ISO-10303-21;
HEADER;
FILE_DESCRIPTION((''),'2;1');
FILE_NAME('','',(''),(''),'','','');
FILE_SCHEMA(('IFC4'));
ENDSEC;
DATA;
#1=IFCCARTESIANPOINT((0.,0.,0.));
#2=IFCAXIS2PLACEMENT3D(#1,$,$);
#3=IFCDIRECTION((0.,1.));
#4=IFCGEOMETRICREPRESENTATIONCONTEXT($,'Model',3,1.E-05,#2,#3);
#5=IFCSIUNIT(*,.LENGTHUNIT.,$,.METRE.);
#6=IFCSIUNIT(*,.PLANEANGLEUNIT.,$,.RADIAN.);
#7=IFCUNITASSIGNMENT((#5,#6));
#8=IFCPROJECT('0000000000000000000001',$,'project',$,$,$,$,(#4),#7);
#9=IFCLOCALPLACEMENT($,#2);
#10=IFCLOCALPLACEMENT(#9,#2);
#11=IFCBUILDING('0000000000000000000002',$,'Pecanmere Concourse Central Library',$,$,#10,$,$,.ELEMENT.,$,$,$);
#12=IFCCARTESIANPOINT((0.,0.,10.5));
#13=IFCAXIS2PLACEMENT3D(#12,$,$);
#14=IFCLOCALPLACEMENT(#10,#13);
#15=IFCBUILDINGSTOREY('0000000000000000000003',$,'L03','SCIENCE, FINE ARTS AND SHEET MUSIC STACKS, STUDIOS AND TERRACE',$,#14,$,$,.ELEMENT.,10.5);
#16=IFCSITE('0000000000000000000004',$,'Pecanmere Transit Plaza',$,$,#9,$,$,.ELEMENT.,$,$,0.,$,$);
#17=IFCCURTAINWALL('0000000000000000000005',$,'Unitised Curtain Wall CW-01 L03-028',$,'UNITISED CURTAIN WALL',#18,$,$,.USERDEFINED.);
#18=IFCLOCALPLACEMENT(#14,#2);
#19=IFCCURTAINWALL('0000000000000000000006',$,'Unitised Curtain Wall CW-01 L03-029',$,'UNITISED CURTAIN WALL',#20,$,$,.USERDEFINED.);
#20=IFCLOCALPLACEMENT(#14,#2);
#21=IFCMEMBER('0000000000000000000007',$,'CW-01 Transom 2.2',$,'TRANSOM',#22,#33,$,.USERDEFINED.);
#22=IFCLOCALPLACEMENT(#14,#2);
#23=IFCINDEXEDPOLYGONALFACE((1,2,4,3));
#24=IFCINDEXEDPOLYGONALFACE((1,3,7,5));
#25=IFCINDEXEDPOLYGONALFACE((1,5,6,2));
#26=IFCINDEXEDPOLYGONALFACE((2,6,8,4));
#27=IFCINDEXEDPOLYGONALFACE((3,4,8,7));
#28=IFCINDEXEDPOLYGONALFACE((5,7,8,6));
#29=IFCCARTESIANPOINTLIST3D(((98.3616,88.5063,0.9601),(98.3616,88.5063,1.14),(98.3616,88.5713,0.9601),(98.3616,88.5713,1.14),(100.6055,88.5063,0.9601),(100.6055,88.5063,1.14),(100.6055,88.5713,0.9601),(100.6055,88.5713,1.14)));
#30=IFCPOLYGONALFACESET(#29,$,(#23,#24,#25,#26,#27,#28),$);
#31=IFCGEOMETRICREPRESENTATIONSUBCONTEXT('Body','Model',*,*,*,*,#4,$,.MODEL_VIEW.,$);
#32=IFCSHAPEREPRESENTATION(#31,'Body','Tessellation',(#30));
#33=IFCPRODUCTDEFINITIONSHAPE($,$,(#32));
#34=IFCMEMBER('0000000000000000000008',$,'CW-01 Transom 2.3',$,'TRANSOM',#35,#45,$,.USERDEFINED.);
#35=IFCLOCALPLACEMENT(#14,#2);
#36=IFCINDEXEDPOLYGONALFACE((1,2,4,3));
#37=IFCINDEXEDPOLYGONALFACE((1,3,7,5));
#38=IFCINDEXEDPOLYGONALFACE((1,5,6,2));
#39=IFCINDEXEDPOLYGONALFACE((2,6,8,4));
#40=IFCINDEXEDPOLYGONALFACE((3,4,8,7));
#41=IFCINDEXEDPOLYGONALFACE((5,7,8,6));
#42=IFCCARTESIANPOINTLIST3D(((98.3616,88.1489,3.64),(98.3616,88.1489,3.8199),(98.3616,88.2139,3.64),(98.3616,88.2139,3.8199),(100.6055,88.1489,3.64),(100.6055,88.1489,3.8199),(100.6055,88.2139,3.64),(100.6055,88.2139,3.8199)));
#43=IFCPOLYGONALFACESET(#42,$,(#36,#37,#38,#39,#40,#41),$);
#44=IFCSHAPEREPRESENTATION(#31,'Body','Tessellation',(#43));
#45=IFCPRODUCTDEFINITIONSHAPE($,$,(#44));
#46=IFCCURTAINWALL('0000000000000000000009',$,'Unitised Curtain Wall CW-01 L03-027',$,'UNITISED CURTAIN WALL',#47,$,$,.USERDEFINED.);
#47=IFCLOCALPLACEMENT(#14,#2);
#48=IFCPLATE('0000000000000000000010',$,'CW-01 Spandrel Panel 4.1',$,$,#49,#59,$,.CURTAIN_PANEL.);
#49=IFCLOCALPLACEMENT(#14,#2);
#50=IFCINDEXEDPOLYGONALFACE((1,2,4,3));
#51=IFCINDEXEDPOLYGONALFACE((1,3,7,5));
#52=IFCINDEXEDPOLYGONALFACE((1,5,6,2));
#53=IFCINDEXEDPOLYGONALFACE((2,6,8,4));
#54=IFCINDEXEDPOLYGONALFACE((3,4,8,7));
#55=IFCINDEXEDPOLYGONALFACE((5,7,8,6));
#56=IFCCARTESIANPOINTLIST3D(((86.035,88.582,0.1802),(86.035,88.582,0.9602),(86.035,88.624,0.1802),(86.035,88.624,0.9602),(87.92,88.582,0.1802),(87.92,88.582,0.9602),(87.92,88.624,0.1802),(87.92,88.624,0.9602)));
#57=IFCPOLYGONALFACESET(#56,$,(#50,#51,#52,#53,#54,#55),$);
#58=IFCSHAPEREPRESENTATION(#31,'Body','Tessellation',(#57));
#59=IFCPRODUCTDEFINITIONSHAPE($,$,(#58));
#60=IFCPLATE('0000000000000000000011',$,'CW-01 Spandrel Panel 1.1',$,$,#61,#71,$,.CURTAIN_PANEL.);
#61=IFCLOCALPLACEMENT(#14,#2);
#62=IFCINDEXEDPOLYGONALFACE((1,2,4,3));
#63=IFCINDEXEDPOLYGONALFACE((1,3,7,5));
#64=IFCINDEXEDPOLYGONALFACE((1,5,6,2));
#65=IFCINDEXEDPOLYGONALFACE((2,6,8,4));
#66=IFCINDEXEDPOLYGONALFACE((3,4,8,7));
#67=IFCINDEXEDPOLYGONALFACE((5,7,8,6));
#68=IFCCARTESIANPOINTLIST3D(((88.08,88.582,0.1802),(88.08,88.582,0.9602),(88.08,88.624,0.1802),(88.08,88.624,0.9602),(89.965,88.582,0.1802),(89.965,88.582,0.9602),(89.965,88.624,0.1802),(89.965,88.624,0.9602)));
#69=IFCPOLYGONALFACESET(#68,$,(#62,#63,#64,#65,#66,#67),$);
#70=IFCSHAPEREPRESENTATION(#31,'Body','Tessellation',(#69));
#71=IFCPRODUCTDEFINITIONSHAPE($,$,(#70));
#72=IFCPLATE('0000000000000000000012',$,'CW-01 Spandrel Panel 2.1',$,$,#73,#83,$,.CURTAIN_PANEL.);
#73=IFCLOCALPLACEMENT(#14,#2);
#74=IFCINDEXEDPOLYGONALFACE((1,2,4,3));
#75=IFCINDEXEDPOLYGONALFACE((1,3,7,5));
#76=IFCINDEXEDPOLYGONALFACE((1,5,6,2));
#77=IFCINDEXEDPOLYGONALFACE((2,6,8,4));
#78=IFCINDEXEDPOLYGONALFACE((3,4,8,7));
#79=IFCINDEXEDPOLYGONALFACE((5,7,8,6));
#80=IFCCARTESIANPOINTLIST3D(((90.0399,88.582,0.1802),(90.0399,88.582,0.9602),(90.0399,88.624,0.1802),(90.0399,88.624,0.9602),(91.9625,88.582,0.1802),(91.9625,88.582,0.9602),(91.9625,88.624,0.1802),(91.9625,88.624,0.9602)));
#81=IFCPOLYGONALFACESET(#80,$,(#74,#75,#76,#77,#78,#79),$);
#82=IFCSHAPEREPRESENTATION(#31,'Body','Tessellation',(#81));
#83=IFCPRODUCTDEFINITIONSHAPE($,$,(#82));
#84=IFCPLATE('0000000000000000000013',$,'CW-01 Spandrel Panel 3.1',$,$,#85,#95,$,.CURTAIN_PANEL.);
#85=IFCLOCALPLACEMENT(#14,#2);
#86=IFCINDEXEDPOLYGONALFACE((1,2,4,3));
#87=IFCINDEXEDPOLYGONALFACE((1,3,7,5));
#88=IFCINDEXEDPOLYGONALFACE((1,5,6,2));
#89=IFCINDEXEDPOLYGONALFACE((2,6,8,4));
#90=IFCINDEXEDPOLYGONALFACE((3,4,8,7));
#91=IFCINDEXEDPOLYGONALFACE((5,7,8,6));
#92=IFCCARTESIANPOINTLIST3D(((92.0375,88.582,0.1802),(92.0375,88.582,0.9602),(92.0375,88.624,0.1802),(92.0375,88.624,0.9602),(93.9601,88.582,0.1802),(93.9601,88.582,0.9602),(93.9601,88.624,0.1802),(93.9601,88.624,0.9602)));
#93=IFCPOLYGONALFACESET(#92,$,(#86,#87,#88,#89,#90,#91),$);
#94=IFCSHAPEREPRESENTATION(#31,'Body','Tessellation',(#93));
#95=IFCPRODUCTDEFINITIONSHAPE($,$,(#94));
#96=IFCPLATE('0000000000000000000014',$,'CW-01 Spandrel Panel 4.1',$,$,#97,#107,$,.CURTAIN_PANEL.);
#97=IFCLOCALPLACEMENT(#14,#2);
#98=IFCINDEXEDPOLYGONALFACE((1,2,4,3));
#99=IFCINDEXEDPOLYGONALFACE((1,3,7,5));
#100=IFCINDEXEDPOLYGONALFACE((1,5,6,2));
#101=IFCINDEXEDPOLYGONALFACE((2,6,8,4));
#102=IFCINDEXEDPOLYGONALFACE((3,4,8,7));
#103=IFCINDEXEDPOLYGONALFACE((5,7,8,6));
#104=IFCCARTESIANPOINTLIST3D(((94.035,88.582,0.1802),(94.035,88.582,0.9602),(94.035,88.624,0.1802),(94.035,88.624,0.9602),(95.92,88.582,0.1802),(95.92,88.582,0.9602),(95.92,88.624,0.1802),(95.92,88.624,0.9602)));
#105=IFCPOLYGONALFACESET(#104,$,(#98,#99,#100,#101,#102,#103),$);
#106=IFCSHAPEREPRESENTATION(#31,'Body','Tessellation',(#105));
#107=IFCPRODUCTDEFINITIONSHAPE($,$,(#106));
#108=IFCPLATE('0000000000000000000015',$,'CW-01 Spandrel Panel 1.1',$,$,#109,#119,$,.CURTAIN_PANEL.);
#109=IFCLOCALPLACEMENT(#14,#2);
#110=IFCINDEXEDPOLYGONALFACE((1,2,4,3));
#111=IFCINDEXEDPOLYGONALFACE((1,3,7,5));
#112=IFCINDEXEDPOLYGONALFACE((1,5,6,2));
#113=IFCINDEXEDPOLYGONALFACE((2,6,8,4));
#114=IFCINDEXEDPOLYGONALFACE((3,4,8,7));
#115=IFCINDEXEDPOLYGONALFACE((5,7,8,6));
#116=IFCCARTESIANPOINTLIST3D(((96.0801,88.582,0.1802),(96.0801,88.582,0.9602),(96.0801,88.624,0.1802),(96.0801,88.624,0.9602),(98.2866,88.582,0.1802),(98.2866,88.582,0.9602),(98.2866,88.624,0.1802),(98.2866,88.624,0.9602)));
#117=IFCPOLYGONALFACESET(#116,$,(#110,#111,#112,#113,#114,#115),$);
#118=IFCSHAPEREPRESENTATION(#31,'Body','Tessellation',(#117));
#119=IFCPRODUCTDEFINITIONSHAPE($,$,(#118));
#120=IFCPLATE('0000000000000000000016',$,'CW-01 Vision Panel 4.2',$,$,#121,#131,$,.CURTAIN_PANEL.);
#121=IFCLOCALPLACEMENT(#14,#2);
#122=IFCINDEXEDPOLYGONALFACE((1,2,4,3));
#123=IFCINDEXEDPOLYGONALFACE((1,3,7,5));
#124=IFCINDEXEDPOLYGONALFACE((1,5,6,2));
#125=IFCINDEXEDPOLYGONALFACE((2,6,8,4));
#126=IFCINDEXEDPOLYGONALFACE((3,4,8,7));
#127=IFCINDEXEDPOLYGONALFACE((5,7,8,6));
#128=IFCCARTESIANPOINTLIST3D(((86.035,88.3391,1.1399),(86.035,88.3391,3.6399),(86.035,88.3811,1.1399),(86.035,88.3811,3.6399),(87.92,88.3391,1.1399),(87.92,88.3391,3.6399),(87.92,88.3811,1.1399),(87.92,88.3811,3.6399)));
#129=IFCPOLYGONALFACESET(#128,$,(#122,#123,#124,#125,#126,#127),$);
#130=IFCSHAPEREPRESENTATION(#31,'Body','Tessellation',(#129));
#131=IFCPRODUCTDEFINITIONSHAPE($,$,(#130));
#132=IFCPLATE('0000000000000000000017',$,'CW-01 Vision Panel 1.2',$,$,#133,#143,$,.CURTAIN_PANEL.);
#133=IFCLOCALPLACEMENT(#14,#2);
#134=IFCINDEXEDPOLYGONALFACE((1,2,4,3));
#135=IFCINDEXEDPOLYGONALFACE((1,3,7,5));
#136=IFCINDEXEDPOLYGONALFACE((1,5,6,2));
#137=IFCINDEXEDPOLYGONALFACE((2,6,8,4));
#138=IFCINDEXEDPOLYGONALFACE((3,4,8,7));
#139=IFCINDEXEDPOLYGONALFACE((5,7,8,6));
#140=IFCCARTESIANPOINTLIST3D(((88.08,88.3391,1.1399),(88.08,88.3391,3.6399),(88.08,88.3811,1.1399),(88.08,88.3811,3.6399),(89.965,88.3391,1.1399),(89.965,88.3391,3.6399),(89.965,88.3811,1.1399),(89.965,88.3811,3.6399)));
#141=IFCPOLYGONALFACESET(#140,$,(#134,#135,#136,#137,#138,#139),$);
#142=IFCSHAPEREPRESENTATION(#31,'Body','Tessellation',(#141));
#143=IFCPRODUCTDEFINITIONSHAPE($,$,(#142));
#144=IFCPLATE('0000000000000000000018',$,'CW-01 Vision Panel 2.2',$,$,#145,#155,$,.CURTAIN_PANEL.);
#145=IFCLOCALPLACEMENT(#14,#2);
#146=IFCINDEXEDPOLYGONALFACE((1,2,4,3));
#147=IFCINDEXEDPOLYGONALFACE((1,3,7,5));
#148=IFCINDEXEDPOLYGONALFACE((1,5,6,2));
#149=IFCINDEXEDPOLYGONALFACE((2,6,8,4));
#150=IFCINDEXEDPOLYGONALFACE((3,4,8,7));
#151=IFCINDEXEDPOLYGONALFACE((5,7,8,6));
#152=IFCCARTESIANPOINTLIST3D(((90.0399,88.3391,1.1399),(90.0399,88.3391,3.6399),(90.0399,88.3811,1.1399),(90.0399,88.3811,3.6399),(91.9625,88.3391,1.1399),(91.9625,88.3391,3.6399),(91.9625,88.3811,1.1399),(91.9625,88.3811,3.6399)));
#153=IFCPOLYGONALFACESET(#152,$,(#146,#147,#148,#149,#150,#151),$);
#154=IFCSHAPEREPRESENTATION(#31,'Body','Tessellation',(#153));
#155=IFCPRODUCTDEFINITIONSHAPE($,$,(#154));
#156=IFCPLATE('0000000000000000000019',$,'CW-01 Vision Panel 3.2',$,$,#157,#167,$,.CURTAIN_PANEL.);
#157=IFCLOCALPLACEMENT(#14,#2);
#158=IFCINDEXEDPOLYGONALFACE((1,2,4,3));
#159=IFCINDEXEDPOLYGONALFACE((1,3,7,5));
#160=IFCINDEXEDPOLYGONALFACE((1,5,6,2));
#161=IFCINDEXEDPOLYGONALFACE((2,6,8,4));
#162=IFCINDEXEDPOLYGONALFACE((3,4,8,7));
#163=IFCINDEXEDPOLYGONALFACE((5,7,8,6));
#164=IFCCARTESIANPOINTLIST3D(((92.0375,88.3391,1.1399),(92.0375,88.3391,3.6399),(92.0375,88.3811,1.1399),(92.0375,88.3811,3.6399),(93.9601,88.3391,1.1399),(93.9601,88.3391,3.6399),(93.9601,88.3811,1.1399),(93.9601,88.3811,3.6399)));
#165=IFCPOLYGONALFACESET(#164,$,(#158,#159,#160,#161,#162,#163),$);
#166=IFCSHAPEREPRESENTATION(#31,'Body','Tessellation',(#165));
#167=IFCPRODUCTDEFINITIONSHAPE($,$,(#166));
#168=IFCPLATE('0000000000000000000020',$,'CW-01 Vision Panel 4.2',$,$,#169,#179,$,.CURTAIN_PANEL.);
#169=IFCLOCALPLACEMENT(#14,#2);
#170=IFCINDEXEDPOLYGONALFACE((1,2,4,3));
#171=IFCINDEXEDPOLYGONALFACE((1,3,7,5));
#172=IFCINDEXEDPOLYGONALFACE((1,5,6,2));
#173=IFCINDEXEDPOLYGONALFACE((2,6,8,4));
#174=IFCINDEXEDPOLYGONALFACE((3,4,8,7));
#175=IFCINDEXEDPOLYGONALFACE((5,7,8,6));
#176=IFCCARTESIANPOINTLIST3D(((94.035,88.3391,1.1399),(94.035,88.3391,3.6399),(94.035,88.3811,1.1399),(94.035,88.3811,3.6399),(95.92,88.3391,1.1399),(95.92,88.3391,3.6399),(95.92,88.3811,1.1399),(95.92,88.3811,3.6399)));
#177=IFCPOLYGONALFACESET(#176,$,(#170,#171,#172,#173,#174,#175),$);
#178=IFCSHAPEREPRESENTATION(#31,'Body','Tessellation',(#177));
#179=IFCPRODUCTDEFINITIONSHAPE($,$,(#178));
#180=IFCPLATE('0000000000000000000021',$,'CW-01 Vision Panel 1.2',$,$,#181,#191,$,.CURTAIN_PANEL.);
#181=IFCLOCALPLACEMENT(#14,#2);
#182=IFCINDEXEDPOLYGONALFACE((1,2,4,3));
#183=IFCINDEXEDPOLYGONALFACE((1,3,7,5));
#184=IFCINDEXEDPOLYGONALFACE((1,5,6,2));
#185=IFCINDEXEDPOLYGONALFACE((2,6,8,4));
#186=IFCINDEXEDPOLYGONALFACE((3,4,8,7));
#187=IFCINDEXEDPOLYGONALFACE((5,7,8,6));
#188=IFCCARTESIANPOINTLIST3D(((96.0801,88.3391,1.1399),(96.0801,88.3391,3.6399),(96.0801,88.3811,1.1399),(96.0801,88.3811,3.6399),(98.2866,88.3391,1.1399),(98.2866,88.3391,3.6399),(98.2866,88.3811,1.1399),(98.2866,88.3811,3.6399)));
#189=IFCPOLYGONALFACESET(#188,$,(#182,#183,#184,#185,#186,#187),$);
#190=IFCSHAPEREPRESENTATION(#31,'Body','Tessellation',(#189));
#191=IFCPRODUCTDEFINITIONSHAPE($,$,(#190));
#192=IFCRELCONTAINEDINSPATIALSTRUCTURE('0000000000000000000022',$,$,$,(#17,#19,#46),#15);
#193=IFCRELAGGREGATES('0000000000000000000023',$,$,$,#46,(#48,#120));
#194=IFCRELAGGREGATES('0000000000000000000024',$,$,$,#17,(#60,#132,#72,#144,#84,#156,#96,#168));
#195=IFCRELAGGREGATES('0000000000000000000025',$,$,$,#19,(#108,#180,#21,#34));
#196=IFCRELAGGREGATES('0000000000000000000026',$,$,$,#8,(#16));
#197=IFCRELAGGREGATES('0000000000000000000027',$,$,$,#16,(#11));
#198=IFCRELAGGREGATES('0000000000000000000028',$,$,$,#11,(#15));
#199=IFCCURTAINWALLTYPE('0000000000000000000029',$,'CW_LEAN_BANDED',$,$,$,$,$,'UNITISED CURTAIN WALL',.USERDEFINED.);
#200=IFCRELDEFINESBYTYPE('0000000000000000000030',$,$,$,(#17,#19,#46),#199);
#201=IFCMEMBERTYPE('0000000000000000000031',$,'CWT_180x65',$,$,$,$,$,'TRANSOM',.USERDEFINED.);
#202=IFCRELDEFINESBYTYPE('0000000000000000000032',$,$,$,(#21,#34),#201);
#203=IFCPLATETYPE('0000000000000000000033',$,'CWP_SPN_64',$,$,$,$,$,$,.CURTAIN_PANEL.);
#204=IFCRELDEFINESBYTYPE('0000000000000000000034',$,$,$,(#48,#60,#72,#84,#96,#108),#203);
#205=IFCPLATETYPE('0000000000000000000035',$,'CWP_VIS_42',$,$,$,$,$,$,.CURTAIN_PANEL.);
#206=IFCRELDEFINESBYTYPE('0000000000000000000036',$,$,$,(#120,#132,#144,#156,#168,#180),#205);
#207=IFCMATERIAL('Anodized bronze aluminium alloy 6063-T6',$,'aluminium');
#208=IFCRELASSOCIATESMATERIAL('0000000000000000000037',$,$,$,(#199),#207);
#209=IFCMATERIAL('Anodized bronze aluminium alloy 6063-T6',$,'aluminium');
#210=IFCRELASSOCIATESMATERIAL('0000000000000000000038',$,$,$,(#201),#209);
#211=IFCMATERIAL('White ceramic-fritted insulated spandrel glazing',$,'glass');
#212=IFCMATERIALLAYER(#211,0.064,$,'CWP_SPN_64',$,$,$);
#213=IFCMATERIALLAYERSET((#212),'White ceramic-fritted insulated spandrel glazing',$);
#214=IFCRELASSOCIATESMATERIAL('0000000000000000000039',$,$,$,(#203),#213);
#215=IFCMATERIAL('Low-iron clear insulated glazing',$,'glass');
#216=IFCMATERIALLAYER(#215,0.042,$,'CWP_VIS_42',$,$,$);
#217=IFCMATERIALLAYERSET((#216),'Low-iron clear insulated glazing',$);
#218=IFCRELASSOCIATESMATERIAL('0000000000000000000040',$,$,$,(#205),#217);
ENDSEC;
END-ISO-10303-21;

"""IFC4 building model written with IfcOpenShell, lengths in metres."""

from ifc_helpers import new_model, si_unit, direction, frame, origin, origin_2d, place, context, subcontext, project, spatial, rectangle, extrude, material, layer, layer_set, material_profile, profile_set, type_object, element, aggregate, save


model = new_model("IFC4")

# Units and contexts
model_context = context("Model", 3, precision=1e-05, world=origin(), true_north=direction((0.0, 1.0)))
body_context = subcontext(model_context, "Body", "Model", "MODEL_VIEW")
ifc_project = project(units=[si_unit("LENGTHUNIT", "METRE"), si_unit("PLANEANGLEUNIT", "RADIAN")], contexts=[model_context])

# Site, building, storey
site_placement = place(None, origin())
site = spatial("IfcSite", under=ifc_project, at=site_placement, Name="Pecanmere Transit Plaza", CompositionType="ELEMENT", RefElevation=0.0)
building_placement = place(site_placement, origin())
building = spatial("IfcBuilding", under=site, at=building_placement, Name="Pecanmere Concourse Central Library", CompositionType="ELEMENT")
storey_placement = place(building_placement, frame((0.0, 0.0, 10.5)))
storey = spatial("IfcBuildingStorey", under=building, at=storey_placement, Name="L03", Description="SCIENCE, FINE ARTS AND SHEET MUSIC STACKS, STUDIOS AND TERRACE", CompositionType="ELEMENT", Elevation=10.5)

# Curtain walls, members
ifc_material_1 = material(Name="Anodized bronze aluminium alloy 6063-T6", Category="aluminium")
curtain_wall_type = type_object("IfcCurtainWallType", Name="CW_LEAN_BANDED", ElementType="UNITISED CURTAIN WALL", PredefinedType="USERDEFINED", material=ifc_material_1)
curtain_wall_1_placement = place(storey_placement, origin())
curtain_wall_1 = element("IfcCurtainWall", 1, at=curtain_wall_1_placement, inside=storey, type_object=curtain_wall_type, Name="Unitised Curtain Wall CW-01 L03-028", ObjectType="UNITISED CURTAIN WALL", PredefinedType="USERDEFINED")
ifc_material_2 = material(Name="Anodized bronze aluminium alloy 6063-T6", Category="aluminium")
ifc_material_profile = material_profile(ifc_material_2, rectangle(XDim=0.0649, YDim=0.1799, at=origin_2d()), Name="AL 65x180")
ifc_profile_set = profile_set([ifc_material_profile], Name="Anodized bronze aluminium alloy 6063-T6")
member_type = type_object("IfcMemberType", Name="CWT_180x65", ElementType="TRANSOM", PredefinedType="USERDEFINED", material=ifc_profile_set)
curtain_wall_2_placement = place(storey_placement, origin())
curtain_wall_2 = element("IfcCurtainWall", 2, at=curtain_wall_2_placement, inside=storey, type_object=curtain_wall_type, Name="Unitised Curtain Wall CW-01 L03-029", ObjectType="UNITISED CURTAIN WALL", PredefinedType="USERDEFINED")
member_1_placement = place(storey_placement, frame((98.3616, 88.5388, 1.05), z_axis=(1.0, 0.0, 0.0), x_axis=(0.0, 1.0, 0.0)))
member_1 = element("IfcMember", 3, at=member_1_placement, type_object=member_type, Name="CW-01 Transom 2.2", ObjectType="TRANSOM", PredefinedType="USERDEFINED", context=body_context, shape_type="SweptSolid", body=[
    extrude(rectangle(XDim=0.0649, YDim=0.1799, at=origin_2d()), origin(), (0.0, 0.0, 1.0), 2.2439),
])
member_2_placement = place(storey_placement, frame((98.3616, 88.1814, 3.73), z_axis=(1.0, 0.0, 0.0), x_axis=(0.0, 1.0, 0.0)))
member_2 = element("IfcMember", 4, at=member_2_placement, type_object=member_type, Name="CW-01 Transom 2.3", ObjectType="TRANSOM", PredefinedType="USERDEFINED", context=body_context, shape_type="SweptSolid", body=[
    extrude(rectangle(XDim=0.0649, YDim=0.1799, at=origin_2d()), origin(), (0.0, 0.0, 1.0), 2.2439),
])

# Curtain wall, plate
curtain_wall_3_placement = place(storey_placement, origin())
curtain_wall_3 = element("IfcCurtainWall", 5, at=curtain_wall_3_placement, inside=storey, type_object=curtain_wall_type, Name="Unitised Curtain Wall CW-01 L03-027", ObjectType="UNITISED CURTAIN WALL", PredefinedType="USERDEFINED")
ifc_material_3 = material(Name="White ceramic-fritted insulated spandrel glazing", Category="glass")
ifc_layer_1 = layer(ifc_material_3, 0.064, Name="CWP_SPN_64")
ifc_layer_set_1 = layer_set([ifc_layer_1], Name="White ceramic-fritted insulated spandrel glazing")
plate_type_1 = type_object("IfcPlateType", Name="CWP_SPN_64", PredefinedType="CURTAIN_PANEL", material=ifc_layer_set_1)
plate_1_placement = place(storey_placement, frame((86.9775, 88.603, 0.1802), z_axis=(0.0, 0.0, 1.0), x_axis=(1.0, 0.0, 0.0)))
plate_1 = element("IfcPlate", 6, at=plate_1_placement, type_object=plate_type_1, Name="CW-01 Spandrel Panel 4.1", PredefinedType="CURTAIN_PANEL", context=body_context, shape_type="SweptSolid", body=[
    extrude(rectangle(XDim=1.885, YDim=0.042, at=origin_2d()), origin(), (0.0, 0.0, 1.0), 0.78),
])

# Plates
plate_2_placement = place(storey_placement, frame((89.0225, 88.603, 0.1802), z_axis=(0.0, 0.0, 1.0), x_axis=(1.0, 0.0, 0.0)))
plate_2 = element("IfcPlate", 7, at=plate_2_placement, type_object=plate_type_1, Name="CW-01 Spandrel Panel 1.1", PredefinedType="CURTAIN_PANEL", context=body_context, shape_type="SweptSolid", body=[
    extrude(rectangle(XDim=1.885, YDim=0.042, at=origin_2d()), origin(), (0.0, 0.0, 1.0), 0.78),
])
plate_3_placement = place(storey_placement, frame((91.0012, 88.603, 0.1802), z_axis=(0.0, 0.0, 1.0), x_axis=(1.0, 0.0, 0.0)))
plate_3 = element("IfcPlate", 8, at=plate_3_placement, type_object=plate_type_1, Name="CW-01 Spandrel Panel 2.1", PredefinedType="CURTAIN_PANEL", context=body_context, shape_type="SweptSolid", body=[
    extrude(rectangle(XDim=1.9226, YDim=0.042, at=origin_2d()), origin(), (0.0, 0.0, 1.0), 0.78),
])
plate_4_placement = place(storey_placement, frame((92.9988, 88.603, 0.1802), z_axis=(0.0, 0.0, 1.0), x_axis=(1.0, 0.0, 0.0)))
plate_4 = element("IfcPlate", 9, at=plate_4_placement, type_object=plate_type_1, Name="CW-01 Spandrel Panel 3.1", PredefinedType="CURTAIN_PANEL", context=body_context, shape_type="SweptSolid", body=[
    extrude(rectangle(XDim=1.9226, YDim=0.042, at=origin_2d()), origin(), (0.0, 0.0, 1.0), 0.78),
])
plate_5_placement = place(storey_placement, frame((94.9775, 88.603, 0.1802), z_axis=(0.0, 0.0, 1.0), x_axis=(1.0, 0.0, 0.0)))
plate_5 = element("IfcPlate", 10, at=plate_5_placement, type_object=plate_type_1, Name="CW-01 Spandrel Panel 4.1", PredefinedType="CURTAIN_PANEL", context=body_context, shape_type="SweptSolid", body=[
    extrude(rectangle(XDim=1.885, YDim=0.042, at=origin_2d()), origin(), (0.0, 0.0, 1.0), 0.78),
])
plate_6_placement = place(storey_placement, frame((97.1833, 88.603, 0.1802), z_axis=(0.0, 0.0, 1.0), x_axis=(1.0, 0.0, 0.0)))
plate_6 = element("IfcPlate", 11, at=plate_6_placement, type_object=plate_type_1, Name="CW-01 Spandrel Panel 1.1", PredefinedType="CURTAIN_PANEL", context=body_context, shape_type="SweptSolid", body=[
    extrude(rectangle(XDim=2.2065, YDim=0.042, at=origin_2d()), origin(), (0.0, 0.0, 1.0), 0.78),
])
ifc_material_4 = material(Name="Low-iron clear insulated glazing", Category="glass")
ifc_layer_2 = layer(ifc_material_4, 0.042, Name="CWP_VIS_42")
ifc_layer_set_2 = layer_set([ifc_layer_2], Name="Low-iron clear insulated glazing")
plate_type_2 = type_object("IfcPlateType", Name="CWP_VIS_42", PredefinedType="CURTAIN_PANEL", material=ifc_layer_set_2)
plate_7_placement = place(storey_placement, frame((86.9775, 88.3601, 1.1399), z_axis=(0.0, 0.0, 1.0), x_axis=(1.0, 0.0, 0.0)))
plate_7 = element("IfcPlate", 12, at=plate_7_placement, type_object=plate_type_2, Name="CW-01 Vision Panel 4.2", PredefinedType="CURTAIN_PANEL", context=body_context, shape_type="SweptSolid", body=[
    extrude(rectangle(XDim=1.885, YDim=0.042, at=origin_2d()), origin(), (0.0, 0.0, 1.0), 2.5),
])
aggregate(curtain_wall_3, [plate_1, plate_7])
plate_8_placement = place(storey_placement, frame((89.0225, 88.3601, 1.1399), z_axis=(0.0, 0.0, 1.0), x_axis=(1.0, 0.0, 0.0)))
plate_8 = element("IfcPlate", 13, at=plate_8_placement, type_object=plate_type_2, Name="CW-01 Vision Panel 1.2", PredefinedType="CURTAIN_PANEL", context=body_context, shape_type="SweptSolid", body=[
    extrude(rectangle(XDim=1.885, YDim=0.042, at=origin_2d()), origin(), (0.0, 0.0, 1.0), 2.5),
])
plate_9_placement = place(storey_placement, frame((91.0012, 88.3601, 1.1399), z_axis=(0.0, 0.0, 1.0), x_axis=(1.0, 0.0, 0.0)))
plate_9 = element("IfcPlate", 14, at=plate_9_placement, type_object=plate_type_2, Name="CW-01 Vision Panel 2.2", PredefinedType="CURTAIN_PANEL", context=body_context, shape_type="SweptSolid", body=[
    extrude(rectangle(XDim=1.9226, YDim=0.042, at=origin_2d()), origin(), (0.0, 0.0, 1.0), 2.5),
])
plate_10_placement = place(storey_placement, frame((92.9988, 88.3601, 1.1399), z_axis=(0.0, 0.0, 1.0), x_axis=(1.0, 0.0, 0.0)))
plate_10 = element("IfcPlate", 15, at=plate_10_placement, type_object=plate_type_2, Name="CW-01 Vision Panel 3.2", PredefinedType="CURTAIN_PANEL", context=body_context, shape_type="SweptSolid", body=[
    extrude(rectangle(XDim=1.9226, YDim=0.042, at=origin_2d()), origin(), (0.0, 0.0, 1.0), 2.5),
])
plate_11_placement = place(storey_placement, frame((94.9775, 88.3601, 1.1399), z_axis=(0.0, 0.0, 1.0), x_axis=(1.0, 0.0, 0.0)))
plate_11 = element("IfcPlate", 16, at=plate_11_placement, type_object=plate_type_2, Name="CW-01 Vision Panel 4.2", PredefinedType="CURTAIN_PANEL", context=body_context, shape_type="SweptSolid", body=[
    extrude(rectangle(XDim=1.885, YDim=0.042, at=origin_2d()), origin(), (0.0, 0.0, 1.0), 2.5),
])
aggregate(curtain_wall_1, [plate_2, plate_8, plate_3, plate_9, plate_4, plate_10, plate_5, plate_11])
plate_12_placement = place(storey_placement, frame((97.1833, 88.3601, 1.1399), z_axis=(0.0, 0.0, 1.0), x_axis=(1.0, 0.0, 0.0)))
plate_12 = element("IfcPlate", 17, at=plate_12_placement, type_object=plate_type_2, Name="CW-01 Vision Panel 1.2", PredefinedType="CURTAIN_PANEL", context=body_context, shape_type="SweptSolid", body=[
    extrude(rectangle(XDim=2.2065, YDim=0.042, at=origin_2d()), origin(), (0.0, 0.0, 1.0), 2.5),
])
aggregate(curtain_wall_2, [plate_6, plate_12, member_1, member_2])

save(model, "model.ifc")
